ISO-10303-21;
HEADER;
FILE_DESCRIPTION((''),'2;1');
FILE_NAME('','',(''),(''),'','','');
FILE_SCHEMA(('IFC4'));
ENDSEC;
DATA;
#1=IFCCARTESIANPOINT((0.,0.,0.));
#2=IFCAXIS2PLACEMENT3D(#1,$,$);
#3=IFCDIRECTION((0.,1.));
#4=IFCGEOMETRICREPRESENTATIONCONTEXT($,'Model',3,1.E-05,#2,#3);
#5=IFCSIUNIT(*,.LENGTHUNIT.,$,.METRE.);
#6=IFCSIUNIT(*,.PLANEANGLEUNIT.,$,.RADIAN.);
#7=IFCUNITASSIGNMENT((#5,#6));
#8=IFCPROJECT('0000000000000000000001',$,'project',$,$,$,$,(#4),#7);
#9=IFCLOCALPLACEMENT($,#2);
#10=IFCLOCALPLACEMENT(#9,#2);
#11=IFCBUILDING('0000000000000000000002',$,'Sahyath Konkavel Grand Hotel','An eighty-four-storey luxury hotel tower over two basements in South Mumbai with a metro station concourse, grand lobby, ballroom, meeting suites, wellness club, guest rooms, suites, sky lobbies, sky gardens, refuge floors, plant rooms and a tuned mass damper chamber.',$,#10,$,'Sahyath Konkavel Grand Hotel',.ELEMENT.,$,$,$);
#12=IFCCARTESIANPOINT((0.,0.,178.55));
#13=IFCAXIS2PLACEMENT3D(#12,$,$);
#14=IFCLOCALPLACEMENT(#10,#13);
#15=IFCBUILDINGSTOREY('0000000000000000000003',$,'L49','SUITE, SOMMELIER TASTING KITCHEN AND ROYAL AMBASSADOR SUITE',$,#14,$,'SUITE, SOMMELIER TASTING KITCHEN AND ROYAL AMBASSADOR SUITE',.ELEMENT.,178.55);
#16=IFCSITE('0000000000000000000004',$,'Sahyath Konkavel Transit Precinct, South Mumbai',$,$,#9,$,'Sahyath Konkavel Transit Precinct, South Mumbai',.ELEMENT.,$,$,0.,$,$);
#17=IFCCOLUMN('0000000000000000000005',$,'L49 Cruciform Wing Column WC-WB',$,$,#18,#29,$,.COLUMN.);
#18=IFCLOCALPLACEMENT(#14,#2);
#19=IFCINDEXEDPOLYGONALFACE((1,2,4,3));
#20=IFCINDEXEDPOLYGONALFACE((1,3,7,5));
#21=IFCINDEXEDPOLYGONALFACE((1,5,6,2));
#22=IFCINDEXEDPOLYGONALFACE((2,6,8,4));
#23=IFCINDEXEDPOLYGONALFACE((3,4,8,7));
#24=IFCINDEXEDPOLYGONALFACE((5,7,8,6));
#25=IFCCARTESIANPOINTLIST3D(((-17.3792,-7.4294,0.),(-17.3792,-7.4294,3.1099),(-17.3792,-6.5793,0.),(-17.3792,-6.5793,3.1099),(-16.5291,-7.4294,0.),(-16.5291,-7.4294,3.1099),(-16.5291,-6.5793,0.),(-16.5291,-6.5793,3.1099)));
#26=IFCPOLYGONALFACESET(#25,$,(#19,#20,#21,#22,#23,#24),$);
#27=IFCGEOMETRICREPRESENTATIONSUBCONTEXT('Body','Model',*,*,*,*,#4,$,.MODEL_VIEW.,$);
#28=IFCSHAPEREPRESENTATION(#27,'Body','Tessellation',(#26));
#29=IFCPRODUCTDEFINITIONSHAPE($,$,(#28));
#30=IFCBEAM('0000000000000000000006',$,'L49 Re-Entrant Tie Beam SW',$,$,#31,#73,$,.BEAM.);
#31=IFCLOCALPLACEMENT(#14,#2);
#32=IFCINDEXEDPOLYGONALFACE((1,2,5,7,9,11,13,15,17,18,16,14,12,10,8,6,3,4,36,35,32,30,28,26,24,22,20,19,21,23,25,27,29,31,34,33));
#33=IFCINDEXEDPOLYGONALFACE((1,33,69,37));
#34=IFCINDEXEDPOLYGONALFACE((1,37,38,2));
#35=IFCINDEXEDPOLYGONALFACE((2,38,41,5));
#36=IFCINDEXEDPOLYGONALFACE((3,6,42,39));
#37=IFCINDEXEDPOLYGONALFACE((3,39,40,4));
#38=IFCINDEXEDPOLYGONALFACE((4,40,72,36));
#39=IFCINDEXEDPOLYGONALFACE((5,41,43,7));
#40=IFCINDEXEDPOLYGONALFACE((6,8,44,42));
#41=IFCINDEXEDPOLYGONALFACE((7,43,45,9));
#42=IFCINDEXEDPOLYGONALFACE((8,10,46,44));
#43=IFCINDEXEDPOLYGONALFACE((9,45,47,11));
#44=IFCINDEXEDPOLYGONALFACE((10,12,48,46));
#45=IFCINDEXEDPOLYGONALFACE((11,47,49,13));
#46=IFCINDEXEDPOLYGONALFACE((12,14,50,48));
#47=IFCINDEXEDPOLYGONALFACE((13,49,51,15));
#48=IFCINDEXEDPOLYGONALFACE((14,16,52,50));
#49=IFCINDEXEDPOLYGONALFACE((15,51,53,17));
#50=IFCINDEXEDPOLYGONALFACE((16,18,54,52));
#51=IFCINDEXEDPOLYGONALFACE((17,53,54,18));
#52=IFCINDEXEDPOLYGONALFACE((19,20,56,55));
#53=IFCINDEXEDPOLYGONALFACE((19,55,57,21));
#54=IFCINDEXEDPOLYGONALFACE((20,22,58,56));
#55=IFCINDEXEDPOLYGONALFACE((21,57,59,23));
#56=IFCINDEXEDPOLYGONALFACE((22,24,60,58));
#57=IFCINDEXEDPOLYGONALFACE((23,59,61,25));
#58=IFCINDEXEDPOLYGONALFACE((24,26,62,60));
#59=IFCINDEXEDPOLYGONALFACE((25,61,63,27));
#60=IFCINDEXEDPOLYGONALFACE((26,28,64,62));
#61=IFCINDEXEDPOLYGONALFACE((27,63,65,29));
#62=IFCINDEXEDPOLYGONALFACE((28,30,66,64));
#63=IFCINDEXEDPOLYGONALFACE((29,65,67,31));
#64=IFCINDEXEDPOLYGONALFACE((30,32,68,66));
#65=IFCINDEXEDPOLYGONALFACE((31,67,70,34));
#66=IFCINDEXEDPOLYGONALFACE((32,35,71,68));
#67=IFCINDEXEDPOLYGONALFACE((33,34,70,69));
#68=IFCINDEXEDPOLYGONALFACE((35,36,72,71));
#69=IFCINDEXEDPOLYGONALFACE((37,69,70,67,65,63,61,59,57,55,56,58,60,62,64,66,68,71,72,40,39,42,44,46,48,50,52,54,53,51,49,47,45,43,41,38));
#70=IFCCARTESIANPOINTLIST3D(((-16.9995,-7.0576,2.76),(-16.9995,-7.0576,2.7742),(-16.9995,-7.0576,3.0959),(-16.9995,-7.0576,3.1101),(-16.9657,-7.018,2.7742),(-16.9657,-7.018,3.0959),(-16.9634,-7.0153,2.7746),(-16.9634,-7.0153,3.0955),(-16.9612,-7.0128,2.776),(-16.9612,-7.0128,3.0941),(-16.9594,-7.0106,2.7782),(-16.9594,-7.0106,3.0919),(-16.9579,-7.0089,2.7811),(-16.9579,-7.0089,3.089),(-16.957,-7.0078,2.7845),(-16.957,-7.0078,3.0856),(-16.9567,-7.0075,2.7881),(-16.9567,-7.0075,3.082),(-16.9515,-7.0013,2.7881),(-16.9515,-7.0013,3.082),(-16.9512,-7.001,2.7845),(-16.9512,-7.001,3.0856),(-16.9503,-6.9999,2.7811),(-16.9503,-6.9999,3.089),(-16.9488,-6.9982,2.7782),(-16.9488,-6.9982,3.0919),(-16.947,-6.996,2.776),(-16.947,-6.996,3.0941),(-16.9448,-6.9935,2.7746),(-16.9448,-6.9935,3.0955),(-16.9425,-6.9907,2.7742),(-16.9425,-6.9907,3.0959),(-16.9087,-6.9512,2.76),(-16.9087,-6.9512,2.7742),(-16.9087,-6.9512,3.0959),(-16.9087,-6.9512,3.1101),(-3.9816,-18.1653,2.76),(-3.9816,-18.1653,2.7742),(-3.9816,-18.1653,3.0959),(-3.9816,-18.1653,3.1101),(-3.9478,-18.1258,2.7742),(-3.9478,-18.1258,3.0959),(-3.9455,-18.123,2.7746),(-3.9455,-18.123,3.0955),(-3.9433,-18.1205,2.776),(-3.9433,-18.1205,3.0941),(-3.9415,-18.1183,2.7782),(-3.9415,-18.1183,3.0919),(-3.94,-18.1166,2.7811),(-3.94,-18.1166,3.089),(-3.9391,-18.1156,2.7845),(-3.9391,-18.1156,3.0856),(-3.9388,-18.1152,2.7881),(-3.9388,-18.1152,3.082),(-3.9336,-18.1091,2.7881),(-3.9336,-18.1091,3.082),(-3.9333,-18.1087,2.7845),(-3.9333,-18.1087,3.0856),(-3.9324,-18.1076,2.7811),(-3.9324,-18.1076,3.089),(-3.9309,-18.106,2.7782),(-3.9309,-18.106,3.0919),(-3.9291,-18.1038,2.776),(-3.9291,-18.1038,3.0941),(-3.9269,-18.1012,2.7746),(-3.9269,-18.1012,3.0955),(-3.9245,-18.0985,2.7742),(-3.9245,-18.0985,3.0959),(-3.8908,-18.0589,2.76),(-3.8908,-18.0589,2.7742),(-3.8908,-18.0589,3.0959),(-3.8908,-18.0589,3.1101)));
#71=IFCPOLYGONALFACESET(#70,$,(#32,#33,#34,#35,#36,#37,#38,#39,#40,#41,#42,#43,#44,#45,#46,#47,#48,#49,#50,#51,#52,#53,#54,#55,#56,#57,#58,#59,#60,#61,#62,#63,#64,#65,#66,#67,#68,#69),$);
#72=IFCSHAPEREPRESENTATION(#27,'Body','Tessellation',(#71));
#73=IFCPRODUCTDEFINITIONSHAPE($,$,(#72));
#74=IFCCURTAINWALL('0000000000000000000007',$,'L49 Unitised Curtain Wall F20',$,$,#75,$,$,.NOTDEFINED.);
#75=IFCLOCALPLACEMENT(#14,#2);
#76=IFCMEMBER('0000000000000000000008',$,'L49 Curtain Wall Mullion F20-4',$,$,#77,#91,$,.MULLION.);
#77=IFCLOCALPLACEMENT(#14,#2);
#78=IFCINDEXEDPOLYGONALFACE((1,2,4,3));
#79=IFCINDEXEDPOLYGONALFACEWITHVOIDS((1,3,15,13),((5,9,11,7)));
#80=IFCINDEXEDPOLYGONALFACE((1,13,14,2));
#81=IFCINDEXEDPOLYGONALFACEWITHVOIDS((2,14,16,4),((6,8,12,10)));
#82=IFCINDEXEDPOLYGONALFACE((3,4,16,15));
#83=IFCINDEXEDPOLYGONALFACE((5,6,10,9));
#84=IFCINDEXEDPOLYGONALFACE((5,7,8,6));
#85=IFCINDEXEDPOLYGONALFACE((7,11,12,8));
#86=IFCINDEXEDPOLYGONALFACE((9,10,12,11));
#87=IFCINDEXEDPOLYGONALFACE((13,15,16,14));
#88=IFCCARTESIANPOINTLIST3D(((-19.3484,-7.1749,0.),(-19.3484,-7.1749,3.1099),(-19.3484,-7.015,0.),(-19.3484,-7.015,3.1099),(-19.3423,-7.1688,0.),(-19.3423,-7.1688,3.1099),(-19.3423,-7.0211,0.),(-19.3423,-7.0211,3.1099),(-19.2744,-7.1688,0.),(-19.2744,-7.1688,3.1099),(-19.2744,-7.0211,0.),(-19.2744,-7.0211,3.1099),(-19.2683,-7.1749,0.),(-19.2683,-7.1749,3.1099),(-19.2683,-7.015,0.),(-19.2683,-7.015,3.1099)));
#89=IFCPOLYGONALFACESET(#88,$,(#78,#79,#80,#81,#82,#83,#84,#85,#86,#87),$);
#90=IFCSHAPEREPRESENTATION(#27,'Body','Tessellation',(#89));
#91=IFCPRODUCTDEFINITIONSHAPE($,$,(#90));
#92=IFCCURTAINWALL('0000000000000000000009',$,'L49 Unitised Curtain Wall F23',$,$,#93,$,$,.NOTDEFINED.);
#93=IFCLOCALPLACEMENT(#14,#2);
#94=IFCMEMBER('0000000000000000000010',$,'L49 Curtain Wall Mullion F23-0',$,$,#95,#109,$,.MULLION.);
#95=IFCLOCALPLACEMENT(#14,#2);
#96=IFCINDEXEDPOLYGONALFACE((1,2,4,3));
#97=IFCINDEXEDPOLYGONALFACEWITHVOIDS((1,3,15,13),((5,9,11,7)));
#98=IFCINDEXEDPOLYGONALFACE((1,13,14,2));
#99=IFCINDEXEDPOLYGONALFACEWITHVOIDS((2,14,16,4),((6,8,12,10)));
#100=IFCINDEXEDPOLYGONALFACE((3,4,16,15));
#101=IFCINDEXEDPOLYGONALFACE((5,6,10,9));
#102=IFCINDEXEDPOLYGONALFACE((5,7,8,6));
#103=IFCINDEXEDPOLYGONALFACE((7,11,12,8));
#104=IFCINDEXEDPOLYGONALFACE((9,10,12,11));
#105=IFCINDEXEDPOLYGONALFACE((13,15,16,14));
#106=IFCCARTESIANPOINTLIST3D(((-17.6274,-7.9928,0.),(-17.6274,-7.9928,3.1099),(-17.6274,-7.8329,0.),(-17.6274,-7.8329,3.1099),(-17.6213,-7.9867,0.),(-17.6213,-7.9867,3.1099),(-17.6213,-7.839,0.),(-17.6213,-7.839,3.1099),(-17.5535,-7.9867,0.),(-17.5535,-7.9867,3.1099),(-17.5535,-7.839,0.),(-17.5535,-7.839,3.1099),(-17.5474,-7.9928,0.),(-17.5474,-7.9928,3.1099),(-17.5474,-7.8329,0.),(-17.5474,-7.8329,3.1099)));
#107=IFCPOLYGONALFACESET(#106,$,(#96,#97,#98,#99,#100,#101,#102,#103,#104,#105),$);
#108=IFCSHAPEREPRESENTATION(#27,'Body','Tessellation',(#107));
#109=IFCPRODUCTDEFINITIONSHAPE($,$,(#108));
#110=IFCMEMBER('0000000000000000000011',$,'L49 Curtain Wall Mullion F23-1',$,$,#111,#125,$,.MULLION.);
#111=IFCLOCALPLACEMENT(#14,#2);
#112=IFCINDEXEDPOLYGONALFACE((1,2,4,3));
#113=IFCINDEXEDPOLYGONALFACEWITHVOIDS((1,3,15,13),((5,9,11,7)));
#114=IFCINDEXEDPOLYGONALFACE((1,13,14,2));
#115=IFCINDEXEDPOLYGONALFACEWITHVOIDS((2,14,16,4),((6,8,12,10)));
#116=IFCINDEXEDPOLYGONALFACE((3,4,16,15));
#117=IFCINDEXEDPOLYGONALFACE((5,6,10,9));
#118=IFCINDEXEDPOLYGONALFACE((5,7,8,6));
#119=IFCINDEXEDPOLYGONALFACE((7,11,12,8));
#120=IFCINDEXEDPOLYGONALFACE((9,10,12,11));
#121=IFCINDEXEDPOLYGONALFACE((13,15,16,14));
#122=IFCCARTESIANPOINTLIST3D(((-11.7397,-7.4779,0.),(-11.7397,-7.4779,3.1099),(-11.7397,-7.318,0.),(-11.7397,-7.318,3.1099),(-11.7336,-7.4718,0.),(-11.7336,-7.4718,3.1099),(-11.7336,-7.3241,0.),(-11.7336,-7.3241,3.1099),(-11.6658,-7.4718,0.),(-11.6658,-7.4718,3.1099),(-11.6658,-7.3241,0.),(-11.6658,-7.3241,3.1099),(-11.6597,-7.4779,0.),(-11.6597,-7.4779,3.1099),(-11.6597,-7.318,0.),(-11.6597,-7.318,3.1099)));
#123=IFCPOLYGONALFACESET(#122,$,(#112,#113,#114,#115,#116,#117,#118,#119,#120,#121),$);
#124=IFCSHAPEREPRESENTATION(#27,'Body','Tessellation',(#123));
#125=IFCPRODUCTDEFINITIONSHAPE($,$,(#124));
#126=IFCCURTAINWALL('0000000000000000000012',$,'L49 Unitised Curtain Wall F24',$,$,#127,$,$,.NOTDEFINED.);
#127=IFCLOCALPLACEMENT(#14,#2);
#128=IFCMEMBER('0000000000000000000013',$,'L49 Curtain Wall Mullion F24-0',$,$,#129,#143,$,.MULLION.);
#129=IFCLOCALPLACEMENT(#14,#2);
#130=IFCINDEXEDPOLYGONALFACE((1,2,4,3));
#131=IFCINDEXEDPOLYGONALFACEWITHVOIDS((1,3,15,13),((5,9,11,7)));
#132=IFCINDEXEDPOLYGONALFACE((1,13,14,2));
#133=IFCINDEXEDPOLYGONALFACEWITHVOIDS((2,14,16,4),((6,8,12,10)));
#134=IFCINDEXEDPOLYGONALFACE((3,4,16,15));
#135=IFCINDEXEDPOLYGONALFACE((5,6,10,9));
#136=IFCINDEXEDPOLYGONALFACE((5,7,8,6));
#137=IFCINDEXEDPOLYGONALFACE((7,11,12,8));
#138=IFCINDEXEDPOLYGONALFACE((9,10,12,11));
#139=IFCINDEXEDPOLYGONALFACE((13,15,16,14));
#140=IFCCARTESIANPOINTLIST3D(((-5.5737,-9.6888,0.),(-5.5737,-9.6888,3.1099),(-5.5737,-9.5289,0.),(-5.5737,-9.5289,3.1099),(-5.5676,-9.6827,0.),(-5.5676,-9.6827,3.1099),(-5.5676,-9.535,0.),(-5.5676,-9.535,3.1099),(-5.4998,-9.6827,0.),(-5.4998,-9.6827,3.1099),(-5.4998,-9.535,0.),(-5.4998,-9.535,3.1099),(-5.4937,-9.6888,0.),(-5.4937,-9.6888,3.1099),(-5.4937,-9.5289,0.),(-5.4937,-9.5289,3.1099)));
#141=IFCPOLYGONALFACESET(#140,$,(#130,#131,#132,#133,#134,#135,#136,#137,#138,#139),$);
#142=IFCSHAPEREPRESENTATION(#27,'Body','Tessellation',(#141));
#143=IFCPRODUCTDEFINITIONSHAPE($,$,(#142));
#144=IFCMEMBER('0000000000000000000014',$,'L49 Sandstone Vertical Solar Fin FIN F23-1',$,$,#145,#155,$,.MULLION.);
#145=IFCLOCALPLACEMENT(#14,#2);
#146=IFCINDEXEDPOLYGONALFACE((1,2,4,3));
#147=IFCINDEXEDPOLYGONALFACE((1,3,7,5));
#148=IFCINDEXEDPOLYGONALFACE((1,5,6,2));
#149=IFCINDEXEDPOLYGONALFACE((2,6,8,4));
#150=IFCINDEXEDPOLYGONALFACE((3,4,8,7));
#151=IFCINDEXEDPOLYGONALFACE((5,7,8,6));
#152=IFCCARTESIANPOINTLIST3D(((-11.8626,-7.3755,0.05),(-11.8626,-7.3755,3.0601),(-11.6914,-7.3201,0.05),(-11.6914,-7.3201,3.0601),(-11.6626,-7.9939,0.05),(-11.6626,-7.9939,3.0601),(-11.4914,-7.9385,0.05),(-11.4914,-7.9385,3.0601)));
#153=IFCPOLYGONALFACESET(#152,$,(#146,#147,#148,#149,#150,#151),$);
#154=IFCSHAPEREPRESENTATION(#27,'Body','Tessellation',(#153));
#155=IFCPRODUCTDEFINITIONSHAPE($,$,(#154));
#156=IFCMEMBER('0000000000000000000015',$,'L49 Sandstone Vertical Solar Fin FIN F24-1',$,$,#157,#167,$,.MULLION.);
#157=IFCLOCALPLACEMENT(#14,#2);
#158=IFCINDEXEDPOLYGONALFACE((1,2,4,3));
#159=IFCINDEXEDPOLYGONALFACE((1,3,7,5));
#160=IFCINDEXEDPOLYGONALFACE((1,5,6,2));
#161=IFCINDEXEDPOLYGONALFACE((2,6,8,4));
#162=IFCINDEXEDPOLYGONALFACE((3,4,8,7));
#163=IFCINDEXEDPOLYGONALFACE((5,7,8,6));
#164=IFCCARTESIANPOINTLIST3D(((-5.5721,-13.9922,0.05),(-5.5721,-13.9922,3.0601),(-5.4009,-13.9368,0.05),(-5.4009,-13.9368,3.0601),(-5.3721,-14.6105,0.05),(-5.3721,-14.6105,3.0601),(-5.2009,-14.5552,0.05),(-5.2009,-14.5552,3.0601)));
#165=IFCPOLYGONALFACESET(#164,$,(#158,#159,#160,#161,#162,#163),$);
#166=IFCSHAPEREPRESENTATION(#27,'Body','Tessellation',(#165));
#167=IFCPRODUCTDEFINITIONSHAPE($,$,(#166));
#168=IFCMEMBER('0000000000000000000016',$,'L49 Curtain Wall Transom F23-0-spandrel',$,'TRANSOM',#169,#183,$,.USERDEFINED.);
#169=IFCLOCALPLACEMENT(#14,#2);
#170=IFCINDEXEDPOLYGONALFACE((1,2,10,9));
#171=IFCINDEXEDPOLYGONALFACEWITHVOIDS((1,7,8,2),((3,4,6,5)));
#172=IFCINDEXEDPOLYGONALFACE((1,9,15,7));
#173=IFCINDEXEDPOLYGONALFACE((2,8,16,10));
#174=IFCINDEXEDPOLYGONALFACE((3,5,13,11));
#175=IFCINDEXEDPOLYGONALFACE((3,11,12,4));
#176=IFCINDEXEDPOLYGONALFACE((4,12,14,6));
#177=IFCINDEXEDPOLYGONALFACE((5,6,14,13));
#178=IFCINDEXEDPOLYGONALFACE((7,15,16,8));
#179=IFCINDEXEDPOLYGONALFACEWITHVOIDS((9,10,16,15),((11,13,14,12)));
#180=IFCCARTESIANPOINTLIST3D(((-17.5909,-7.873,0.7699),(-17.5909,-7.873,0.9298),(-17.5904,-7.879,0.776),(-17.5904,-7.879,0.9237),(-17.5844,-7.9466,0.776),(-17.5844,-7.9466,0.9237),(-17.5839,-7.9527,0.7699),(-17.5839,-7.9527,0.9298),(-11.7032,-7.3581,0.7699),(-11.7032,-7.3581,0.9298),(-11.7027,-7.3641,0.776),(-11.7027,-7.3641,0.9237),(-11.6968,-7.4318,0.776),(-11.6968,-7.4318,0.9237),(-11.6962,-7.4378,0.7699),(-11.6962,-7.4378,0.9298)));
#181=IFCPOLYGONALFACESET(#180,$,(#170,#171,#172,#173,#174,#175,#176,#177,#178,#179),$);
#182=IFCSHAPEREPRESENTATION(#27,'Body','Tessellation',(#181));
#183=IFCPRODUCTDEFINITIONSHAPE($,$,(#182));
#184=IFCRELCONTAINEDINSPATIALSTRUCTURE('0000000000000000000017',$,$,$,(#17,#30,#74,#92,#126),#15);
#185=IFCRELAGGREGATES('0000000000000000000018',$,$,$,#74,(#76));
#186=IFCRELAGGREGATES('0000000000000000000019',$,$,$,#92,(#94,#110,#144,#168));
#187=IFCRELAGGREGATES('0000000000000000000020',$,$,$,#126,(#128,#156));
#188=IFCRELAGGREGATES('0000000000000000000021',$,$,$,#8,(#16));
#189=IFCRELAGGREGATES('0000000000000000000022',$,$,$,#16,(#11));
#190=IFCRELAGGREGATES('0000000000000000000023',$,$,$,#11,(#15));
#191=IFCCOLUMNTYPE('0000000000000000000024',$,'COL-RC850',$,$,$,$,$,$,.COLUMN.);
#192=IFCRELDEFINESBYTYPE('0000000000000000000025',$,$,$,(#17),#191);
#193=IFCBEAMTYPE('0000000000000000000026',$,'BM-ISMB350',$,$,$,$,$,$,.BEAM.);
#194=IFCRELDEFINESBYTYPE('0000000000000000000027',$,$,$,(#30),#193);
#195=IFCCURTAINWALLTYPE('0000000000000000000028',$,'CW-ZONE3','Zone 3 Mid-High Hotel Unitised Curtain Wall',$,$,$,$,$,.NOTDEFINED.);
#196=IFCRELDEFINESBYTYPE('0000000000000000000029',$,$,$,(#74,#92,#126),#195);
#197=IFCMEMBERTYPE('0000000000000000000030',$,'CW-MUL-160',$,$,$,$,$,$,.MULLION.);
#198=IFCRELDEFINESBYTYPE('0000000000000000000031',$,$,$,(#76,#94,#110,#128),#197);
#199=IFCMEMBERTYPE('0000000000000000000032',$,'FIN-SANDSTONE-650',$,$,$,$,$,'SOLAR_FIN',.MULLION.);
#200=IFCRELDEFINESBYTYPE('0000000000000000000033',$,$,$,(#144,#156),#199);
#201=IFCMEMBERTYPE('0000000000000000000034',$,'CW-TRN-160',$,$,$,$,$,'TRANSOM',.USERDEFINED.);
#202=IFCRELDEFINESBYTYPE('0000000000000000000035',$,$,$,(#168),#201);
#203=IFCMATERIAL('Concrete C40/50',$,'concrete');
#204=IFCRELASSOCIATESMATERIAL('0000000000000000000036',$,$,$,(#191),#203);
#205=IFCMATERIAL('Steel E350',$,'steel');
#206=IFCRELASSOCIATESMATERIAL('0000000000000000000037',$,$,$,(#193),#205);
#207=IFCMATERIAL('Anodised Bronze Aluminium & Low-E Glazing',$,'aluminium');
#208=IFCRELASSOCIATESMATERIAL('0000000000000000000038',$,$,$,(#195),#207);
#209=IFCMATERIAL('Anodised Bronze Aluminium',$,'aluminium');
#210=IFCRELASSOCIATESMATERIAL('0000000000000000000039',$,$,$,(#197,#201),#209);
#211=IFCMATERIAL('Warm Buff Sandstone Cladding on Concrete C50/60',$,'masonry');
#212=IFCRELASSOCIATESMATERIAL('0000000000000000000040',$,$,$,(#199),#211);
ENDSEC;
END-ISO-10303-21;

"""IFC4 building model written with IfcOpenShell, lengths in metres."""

from ifc_helpers import new_model, si_unit, direction, frame, origin, origin_2d, place, context, subcontext, project, spatial, rectangle, hollow_rectangle, i_section, extrude, source, transform, mapped, material, material_profile, profile_set, type_object, element, aggregate, save


model = new_model("IFC4")

# Units and contexts
model_context = context("Model", 3, precision=1e-05, world=origin(), true_north=direction((0.0, 1.0)))
body_context = subcontext(model_context, "Body", "Model", "MODEL_VIEW")
ifc_project = project(units=[si_unit("LENGTHUNIT", "METRE"), si_unit("PLANEANGLEUNIT", "RADIAN")], contexts=[model_context])

# Site, building, storey
site_placement = place(None, origin())
site = spatial("IfcSite", under=ifc_project, at=site_placement, Name="Sahyath Konkavel Transit Precinct, South Mumbai", LongName="Sahyath Konkavel Transit Precinct, South Mumbai", CompositionType="ELEMENT", RefElevation=0.0)
building_placement = place(site_placement, origin())
building = spatial("IfcBuilding", under=site, at=building_placement, Name="Sahyath Konkavel Grand Hotel", Description="An eighty-four-storey luxury hotel tower over two basements in South Mumbai with a metro station concourse, grand lobby, ballroom, meeting suites, wellness club, guest rooms, suites, sky lobbies, sky gardens, refuge floors, plant rooms and a tuned mass damper chamber.", LongName="Sahyath Konkavel Grand Hotel", CompositionType="ELEMENT")
storey_placement = place(building_placement, frame((0.0, 0.0, 178.55)))
storey = spatial("IfcBuildingStorey", under=building, at=storey_placement, Name="L49", Description="SUITE, SOMMELIER TASTING KITCHEN AND ROYAL AMBASSADOR SUITE", LongName="SUITE, SOMMELIER TASTING KITCHEN AND ROYAL AMBASSADOR SUITE", CompositionType="ELEMENT", Elevation=178.55)

# Column
ifc_material_1 = material(Name="Concrete C40/50", Category="concrete")
ifc_material_profile_1 = material_profile(ifc_material_1, rectangle(XDim=0.8501, YDim=0.8501, at=origin_2d()), Name="RC 850x850")
ifc_profile_set_1 = profile_set([ifc_material_profile_1], Name="Concrete C40/50")
column_type = type_object("IfcColumnType", Name="COL-RC850", PredefinedType="COLUMN", material=ifc_profile_set_1)
shared_shape_1 = source(origin(), body_context, "Body", "SweptSolid", [
    extrude(rectangle(XDim=0.8501, YDim=0.8501, at=origin_2d()), origin(), (0.0, 0.0, 1.0), 3.1099),
])
column_placement = place(storey_placement, frame((-16.9541, -7.0044, 0.0), z_axis=(0.0, 0.0, 1.0), x_axis=(1.0, 0.0, 0.0)))
element("IfcColumn", 1, at=column_placement, inside=storey, type_object=column_type, Name="L49 Cruciform Wing Column WC-WB", PredefinedType="COLUMN", context=body_context, shape_type="MappedRepresentation", body=[
    mapped(shared_shape_1, transform((0.0, 0.0, 0.0), scale=1.0)),
])

# Beam
ifc_material_2 = material(Name="Steel E350", Category="steel")
ifc_material_profile_2 = material_profile(ifc_material_2, i_section(OverallWidth=0.1399, OverallDepth=0.3501, WebThickness=0.0081, FlangeThickness=0.0142, FilletRadius=0.0139, at=origin_2d()), Name="ISMB 350")
ifc_profile_set_2 = profile_set([ifc_material_profile_2], Name="Steel E350")
beam_type = type_object("IfcBeamType", Name="BM-ISMB350", PredefinedType="BEAM", material=ifc_profile_set_2)
shared_shape_2 = source(origin(), body_context, "Body", "SweptSolid", [
    extrude(i_section(OverallWidth=0.1399, OverallDepth=0.3501, WebThickness=0.0081, FlangeThickness=0.0142, FilletRadius=0.0139, at=origin_2d()), origin(), (0.0, 0.0, 1.0), 17.1128),
])
beam_placement = place(storey_placement, frame((-16.9541, -7.0044, 2.9351), z_axis=(0.760712, -0.64909, 0.0), x_axis=(0.64909, 0.760712, 0.0)))
element("IfcBeam", 2, at=beam_placement, inside=storey, type_object=beam_type, Name="L49 Re-Entrant Tie Beam SW", PredefinedType="BEAM", context=body_context, shape_type="MappedRepresentation", body=[
    mapped(shared_shape_2, transform((0.0, 0.0, 0.0), scale=1.0)),
])

# Curtain wall, member
ifc_material_3 = material(Name="Anodised Bronze Aluminium & Low-E Glazing", Category="aluminium")
curtain_wall_type = type_object("IfcCurtainWallType", Name="CW-ZONE3", Description="Zone 3 Mid-High Hotel Unitised Curtain Wall", PredefinedType="NOTDEFINED", material=ifc_material_3)
curtain_wall_1_placement = place(storey_placement, origin())
curtain_wall_1 = element("IfcCurtainWall", 3, at=curtain_wall_1_placement, inside=storey, type_object=curtain_wall_type, Name="L49 Unitised Curtain Wall F20", PredefinedType="NOTDEFINED")
ifc_material_4 = material(Name="Anodised Bronze Aluminium", Category="aluminium")
ifc_material_profile_3 = material_profile(ifc_material_4, hollow_rectangle(XDim=0.0801, YDim=0.1599, WallThickness=0.0061, at=origin_2d()), Name="RHS 160x80x6")
ifc_profile_set_3 = profile_set([ifc_material_profile_3], Name="Anodised Bronze Aluminium")
member_type_1 = type_object("IfcMemberType", Name="CW-MUL-160", PredefinedType="MULLION", material=ifc_profile_set_3)
shared_shape_3 = source(origin(), body_context, "Body", "SweptSolid", [
    extrude(hollow_rectangle(XDim=0.0801, YDim=0.1599, WallThickness=0.0061, at=origin_2d()), origin(), (0.0, 0.0, 1.0), 3.1099),
])
member_1_placement = place(storey_placement, frame((-19.3083, -7.095, 0.0), z_axis=(0.0, 0.0, 1.0), x_axis=(1.0, 0.0, 0.0)))
member_1 = element("IfcMember", 4, at=member_1_placement, type_object=member_type_1, Name="L49 Curtain Wall Mullion F20-4", PredefinedType="MULLION", context=body_context, shape_type="MappedRepresentation", body=[
    mapped(shared_shape_3, transform((0.0, 0.0, 0.0), scale=1.0)),
])
aggregate(curtain_wall_1, [member_1])

# Curtain wall, members
curtain_wall_2_placement = place(storey_placement, origin())
curtain_wall_2 = element("IfcCurtainWall", 5, at=curtain_wall_2_placement, inside=storey, type_object=curtain_wall_type, Name="L49 Unitised Curtain Wall F23", PredefinedType="NOTDEFINED")
member_2_placement = place(storey_placement, frame((-17.5874, -7.9128, 0.0), z_axis=(0.0, 0.0, 1.0), x_axis=(1.0, 0.0, 0.0)))
member_2 = element("IfcMember", 6, at=member_2_placement, type_object=member_type_1, Name="L49 Curtain Wall Mullion F23-0", PredefinedType="MULLION", context=body_context, shape_type="MappedRepresentation", body=[
    mapped(shared_shape_3, transform((0.0, 0.0, 0.0), scale=1.0)),
])
member_3_placement = place(storey_placement, frame((-11.6997, -7.3979, 0.0), z_axis=(0.0, 0.0, 1.0), x_axis=(1.0, 0.0, 0.0)))
member_3 = element("IfcMember", 7, at=member_3_placement, type_object=member_type_1, Name="L49 Curtain Wall Mullion F23-1", PredefinedType="MULLION", context=body_context, shape_type="MappedRepresentation", body=[
    mapped(shared_shape_3, transform((0.0, 0.0, 0.0), scale=1.0)),
])

# Curtain wall, member
curtain_wall_3_placement = place(storey_placement, origin())
curtain_wall_3 = element("IfcCurtainWall", 8, at=curtain_wall_3_placement, inside=storey, type_object=curtain_wall_type, Name="L49 Unitised Curtain Wall F24", PredefinedType="NOTDEFINED")
member_4_placement = place(storey_placement, frame((-5.5337, -9.6089, 0.0), z_axis=(0.0, 0.0, 1.0), x_axis=(1.0, 0.0, 0.0)))
member_4 = element("IfcMember", 9, at=member_4_placement, type_object=member_type_1, Name="L49 Curtain Wall Mullion F24-0", PredefinedType="MULLION", context=body_context, shape_type="MappedRepresentation", body=[
    mapped(shared_shape_3, transform((0.0, 0.0, 0.0), scale=1.0)),
])

# Members
ifc_material_5 = material(Name="Warm Buff Sandstone Cladding on Concrete C50/60", Category="masonry")
ifc_material_profile_4 = material_profile(ifc_material_5, rectangle(XDim=0.1799, YDim=0.6499, at=origin_2d()), Name="FIN 180x650")
ifc_profile_set_4 = profile_set([ifc_material_profile_4], Name="Warm Buff Sandstone Cladding on Concrete C50/60")
member_type_2 = type_object("IfcMemberType", Name="FIN-SANDSTONE-650", ElementType="SOLAR_FIN", PredefinedType="MULLION", material=ifc_profile_set_4)
shared_shape_4 = source(origin(), body_context, "Body", "SweptSolid", [
    extrude(rectangle(XDim=0.1799, YDim=0.6499, at=origin_2d()), origin(), (0.0, 0.0, 1.0), 3.01),
])
member_5_placement = place(storey_placement, frame((-11.677, -7.657, 0.05), z_axis=(0.0, 0.0, 1.0), x_axis=(0.951487, 0.307689, 0.0)))
member_5 = element("IfcMember", 10, at=member_5_placement, type_object=member_type_2, Name="L49 Sandstone Vertical Solar Fin FIN F23-1", PredefinedType="MULLION", context=body_context, shape_type="MappedRepresentation", body=[
    mapped(shared_shape_4, transform((0.0, 0.0, 0.0), scale=1.0)),
])
member_6_placement = place(storey_placement, frame((-5.3865, -14.2737, 0.05), z_axis=(0.0, 0.0, 1.0), x_axis=(0.951487, 0.307689, 0.0)))
member_6 = element("IfcMember", 11, at=member_6_placement, type_object=member_type_2, Name="L49 Sandstone Vertical Solar Fin FIN F24-1", PredefinedType="MULLION", context=body_context, shape_type="MappedRepresentation", body=[
    mapped(shared_shape_4, transform((0.0, 0.0, 0.0), scale=1.0)),
])
ifc_material_profile_5 = material_profile(ifc_material_4, hollow_rectangle(XDim=0.0801, YDim=0.1599, WallThickness=0.0061, at=origin_2d()), Name="RHS 160x80x6")
ifc_profile_set_5 = profile_set([ifc_material_profile_5], Name="Anodised Bronze Aluminium")
member_type_3 = type_object("IfcMemberType", Name="CW-TRN-160", ElementType="TRANSOM", PredefinedType="USERDEFINED", material=ifc_profile_set_5)
shared_shape_5 = source(origin(), body_context, "Body", "SweptSolid", [
    extrude(hollow_rectangle(XDim=0.0801, YDim=0.1599, WallThickness=0.0061, at=origin_2d()), origin(), (0.0, 0.0, 1.0), 5.9102),
])
member_7_placement = place(storey_placement, frame((-17.5874, -7.9128, 0.8499), z_axis=(0.996198, 0.08712, 0.0), x_axis=(-0.08712, 0.996198, 0.0)))
member_7 = element("IfcMember", 12, at=member_7_placement, type_object=member_type_3, Name="L49 Curtain Wall Transom F23-0-spandrel", ObjectType="TRANSOM", PredefinedType="USERDEFINED", context=body_context, shape_type="MappedRepresentation", body=[
    mapped(shared_shape_5, transform((0.0, 0.0, 0.0), scale=1.0)),
])

aggregate(curtain_wall_2, [member_2, member_3, member_5, member_7])
aggregate(curtain_wall_3, [member_4, member_6])

save(model, "model.ifc")
